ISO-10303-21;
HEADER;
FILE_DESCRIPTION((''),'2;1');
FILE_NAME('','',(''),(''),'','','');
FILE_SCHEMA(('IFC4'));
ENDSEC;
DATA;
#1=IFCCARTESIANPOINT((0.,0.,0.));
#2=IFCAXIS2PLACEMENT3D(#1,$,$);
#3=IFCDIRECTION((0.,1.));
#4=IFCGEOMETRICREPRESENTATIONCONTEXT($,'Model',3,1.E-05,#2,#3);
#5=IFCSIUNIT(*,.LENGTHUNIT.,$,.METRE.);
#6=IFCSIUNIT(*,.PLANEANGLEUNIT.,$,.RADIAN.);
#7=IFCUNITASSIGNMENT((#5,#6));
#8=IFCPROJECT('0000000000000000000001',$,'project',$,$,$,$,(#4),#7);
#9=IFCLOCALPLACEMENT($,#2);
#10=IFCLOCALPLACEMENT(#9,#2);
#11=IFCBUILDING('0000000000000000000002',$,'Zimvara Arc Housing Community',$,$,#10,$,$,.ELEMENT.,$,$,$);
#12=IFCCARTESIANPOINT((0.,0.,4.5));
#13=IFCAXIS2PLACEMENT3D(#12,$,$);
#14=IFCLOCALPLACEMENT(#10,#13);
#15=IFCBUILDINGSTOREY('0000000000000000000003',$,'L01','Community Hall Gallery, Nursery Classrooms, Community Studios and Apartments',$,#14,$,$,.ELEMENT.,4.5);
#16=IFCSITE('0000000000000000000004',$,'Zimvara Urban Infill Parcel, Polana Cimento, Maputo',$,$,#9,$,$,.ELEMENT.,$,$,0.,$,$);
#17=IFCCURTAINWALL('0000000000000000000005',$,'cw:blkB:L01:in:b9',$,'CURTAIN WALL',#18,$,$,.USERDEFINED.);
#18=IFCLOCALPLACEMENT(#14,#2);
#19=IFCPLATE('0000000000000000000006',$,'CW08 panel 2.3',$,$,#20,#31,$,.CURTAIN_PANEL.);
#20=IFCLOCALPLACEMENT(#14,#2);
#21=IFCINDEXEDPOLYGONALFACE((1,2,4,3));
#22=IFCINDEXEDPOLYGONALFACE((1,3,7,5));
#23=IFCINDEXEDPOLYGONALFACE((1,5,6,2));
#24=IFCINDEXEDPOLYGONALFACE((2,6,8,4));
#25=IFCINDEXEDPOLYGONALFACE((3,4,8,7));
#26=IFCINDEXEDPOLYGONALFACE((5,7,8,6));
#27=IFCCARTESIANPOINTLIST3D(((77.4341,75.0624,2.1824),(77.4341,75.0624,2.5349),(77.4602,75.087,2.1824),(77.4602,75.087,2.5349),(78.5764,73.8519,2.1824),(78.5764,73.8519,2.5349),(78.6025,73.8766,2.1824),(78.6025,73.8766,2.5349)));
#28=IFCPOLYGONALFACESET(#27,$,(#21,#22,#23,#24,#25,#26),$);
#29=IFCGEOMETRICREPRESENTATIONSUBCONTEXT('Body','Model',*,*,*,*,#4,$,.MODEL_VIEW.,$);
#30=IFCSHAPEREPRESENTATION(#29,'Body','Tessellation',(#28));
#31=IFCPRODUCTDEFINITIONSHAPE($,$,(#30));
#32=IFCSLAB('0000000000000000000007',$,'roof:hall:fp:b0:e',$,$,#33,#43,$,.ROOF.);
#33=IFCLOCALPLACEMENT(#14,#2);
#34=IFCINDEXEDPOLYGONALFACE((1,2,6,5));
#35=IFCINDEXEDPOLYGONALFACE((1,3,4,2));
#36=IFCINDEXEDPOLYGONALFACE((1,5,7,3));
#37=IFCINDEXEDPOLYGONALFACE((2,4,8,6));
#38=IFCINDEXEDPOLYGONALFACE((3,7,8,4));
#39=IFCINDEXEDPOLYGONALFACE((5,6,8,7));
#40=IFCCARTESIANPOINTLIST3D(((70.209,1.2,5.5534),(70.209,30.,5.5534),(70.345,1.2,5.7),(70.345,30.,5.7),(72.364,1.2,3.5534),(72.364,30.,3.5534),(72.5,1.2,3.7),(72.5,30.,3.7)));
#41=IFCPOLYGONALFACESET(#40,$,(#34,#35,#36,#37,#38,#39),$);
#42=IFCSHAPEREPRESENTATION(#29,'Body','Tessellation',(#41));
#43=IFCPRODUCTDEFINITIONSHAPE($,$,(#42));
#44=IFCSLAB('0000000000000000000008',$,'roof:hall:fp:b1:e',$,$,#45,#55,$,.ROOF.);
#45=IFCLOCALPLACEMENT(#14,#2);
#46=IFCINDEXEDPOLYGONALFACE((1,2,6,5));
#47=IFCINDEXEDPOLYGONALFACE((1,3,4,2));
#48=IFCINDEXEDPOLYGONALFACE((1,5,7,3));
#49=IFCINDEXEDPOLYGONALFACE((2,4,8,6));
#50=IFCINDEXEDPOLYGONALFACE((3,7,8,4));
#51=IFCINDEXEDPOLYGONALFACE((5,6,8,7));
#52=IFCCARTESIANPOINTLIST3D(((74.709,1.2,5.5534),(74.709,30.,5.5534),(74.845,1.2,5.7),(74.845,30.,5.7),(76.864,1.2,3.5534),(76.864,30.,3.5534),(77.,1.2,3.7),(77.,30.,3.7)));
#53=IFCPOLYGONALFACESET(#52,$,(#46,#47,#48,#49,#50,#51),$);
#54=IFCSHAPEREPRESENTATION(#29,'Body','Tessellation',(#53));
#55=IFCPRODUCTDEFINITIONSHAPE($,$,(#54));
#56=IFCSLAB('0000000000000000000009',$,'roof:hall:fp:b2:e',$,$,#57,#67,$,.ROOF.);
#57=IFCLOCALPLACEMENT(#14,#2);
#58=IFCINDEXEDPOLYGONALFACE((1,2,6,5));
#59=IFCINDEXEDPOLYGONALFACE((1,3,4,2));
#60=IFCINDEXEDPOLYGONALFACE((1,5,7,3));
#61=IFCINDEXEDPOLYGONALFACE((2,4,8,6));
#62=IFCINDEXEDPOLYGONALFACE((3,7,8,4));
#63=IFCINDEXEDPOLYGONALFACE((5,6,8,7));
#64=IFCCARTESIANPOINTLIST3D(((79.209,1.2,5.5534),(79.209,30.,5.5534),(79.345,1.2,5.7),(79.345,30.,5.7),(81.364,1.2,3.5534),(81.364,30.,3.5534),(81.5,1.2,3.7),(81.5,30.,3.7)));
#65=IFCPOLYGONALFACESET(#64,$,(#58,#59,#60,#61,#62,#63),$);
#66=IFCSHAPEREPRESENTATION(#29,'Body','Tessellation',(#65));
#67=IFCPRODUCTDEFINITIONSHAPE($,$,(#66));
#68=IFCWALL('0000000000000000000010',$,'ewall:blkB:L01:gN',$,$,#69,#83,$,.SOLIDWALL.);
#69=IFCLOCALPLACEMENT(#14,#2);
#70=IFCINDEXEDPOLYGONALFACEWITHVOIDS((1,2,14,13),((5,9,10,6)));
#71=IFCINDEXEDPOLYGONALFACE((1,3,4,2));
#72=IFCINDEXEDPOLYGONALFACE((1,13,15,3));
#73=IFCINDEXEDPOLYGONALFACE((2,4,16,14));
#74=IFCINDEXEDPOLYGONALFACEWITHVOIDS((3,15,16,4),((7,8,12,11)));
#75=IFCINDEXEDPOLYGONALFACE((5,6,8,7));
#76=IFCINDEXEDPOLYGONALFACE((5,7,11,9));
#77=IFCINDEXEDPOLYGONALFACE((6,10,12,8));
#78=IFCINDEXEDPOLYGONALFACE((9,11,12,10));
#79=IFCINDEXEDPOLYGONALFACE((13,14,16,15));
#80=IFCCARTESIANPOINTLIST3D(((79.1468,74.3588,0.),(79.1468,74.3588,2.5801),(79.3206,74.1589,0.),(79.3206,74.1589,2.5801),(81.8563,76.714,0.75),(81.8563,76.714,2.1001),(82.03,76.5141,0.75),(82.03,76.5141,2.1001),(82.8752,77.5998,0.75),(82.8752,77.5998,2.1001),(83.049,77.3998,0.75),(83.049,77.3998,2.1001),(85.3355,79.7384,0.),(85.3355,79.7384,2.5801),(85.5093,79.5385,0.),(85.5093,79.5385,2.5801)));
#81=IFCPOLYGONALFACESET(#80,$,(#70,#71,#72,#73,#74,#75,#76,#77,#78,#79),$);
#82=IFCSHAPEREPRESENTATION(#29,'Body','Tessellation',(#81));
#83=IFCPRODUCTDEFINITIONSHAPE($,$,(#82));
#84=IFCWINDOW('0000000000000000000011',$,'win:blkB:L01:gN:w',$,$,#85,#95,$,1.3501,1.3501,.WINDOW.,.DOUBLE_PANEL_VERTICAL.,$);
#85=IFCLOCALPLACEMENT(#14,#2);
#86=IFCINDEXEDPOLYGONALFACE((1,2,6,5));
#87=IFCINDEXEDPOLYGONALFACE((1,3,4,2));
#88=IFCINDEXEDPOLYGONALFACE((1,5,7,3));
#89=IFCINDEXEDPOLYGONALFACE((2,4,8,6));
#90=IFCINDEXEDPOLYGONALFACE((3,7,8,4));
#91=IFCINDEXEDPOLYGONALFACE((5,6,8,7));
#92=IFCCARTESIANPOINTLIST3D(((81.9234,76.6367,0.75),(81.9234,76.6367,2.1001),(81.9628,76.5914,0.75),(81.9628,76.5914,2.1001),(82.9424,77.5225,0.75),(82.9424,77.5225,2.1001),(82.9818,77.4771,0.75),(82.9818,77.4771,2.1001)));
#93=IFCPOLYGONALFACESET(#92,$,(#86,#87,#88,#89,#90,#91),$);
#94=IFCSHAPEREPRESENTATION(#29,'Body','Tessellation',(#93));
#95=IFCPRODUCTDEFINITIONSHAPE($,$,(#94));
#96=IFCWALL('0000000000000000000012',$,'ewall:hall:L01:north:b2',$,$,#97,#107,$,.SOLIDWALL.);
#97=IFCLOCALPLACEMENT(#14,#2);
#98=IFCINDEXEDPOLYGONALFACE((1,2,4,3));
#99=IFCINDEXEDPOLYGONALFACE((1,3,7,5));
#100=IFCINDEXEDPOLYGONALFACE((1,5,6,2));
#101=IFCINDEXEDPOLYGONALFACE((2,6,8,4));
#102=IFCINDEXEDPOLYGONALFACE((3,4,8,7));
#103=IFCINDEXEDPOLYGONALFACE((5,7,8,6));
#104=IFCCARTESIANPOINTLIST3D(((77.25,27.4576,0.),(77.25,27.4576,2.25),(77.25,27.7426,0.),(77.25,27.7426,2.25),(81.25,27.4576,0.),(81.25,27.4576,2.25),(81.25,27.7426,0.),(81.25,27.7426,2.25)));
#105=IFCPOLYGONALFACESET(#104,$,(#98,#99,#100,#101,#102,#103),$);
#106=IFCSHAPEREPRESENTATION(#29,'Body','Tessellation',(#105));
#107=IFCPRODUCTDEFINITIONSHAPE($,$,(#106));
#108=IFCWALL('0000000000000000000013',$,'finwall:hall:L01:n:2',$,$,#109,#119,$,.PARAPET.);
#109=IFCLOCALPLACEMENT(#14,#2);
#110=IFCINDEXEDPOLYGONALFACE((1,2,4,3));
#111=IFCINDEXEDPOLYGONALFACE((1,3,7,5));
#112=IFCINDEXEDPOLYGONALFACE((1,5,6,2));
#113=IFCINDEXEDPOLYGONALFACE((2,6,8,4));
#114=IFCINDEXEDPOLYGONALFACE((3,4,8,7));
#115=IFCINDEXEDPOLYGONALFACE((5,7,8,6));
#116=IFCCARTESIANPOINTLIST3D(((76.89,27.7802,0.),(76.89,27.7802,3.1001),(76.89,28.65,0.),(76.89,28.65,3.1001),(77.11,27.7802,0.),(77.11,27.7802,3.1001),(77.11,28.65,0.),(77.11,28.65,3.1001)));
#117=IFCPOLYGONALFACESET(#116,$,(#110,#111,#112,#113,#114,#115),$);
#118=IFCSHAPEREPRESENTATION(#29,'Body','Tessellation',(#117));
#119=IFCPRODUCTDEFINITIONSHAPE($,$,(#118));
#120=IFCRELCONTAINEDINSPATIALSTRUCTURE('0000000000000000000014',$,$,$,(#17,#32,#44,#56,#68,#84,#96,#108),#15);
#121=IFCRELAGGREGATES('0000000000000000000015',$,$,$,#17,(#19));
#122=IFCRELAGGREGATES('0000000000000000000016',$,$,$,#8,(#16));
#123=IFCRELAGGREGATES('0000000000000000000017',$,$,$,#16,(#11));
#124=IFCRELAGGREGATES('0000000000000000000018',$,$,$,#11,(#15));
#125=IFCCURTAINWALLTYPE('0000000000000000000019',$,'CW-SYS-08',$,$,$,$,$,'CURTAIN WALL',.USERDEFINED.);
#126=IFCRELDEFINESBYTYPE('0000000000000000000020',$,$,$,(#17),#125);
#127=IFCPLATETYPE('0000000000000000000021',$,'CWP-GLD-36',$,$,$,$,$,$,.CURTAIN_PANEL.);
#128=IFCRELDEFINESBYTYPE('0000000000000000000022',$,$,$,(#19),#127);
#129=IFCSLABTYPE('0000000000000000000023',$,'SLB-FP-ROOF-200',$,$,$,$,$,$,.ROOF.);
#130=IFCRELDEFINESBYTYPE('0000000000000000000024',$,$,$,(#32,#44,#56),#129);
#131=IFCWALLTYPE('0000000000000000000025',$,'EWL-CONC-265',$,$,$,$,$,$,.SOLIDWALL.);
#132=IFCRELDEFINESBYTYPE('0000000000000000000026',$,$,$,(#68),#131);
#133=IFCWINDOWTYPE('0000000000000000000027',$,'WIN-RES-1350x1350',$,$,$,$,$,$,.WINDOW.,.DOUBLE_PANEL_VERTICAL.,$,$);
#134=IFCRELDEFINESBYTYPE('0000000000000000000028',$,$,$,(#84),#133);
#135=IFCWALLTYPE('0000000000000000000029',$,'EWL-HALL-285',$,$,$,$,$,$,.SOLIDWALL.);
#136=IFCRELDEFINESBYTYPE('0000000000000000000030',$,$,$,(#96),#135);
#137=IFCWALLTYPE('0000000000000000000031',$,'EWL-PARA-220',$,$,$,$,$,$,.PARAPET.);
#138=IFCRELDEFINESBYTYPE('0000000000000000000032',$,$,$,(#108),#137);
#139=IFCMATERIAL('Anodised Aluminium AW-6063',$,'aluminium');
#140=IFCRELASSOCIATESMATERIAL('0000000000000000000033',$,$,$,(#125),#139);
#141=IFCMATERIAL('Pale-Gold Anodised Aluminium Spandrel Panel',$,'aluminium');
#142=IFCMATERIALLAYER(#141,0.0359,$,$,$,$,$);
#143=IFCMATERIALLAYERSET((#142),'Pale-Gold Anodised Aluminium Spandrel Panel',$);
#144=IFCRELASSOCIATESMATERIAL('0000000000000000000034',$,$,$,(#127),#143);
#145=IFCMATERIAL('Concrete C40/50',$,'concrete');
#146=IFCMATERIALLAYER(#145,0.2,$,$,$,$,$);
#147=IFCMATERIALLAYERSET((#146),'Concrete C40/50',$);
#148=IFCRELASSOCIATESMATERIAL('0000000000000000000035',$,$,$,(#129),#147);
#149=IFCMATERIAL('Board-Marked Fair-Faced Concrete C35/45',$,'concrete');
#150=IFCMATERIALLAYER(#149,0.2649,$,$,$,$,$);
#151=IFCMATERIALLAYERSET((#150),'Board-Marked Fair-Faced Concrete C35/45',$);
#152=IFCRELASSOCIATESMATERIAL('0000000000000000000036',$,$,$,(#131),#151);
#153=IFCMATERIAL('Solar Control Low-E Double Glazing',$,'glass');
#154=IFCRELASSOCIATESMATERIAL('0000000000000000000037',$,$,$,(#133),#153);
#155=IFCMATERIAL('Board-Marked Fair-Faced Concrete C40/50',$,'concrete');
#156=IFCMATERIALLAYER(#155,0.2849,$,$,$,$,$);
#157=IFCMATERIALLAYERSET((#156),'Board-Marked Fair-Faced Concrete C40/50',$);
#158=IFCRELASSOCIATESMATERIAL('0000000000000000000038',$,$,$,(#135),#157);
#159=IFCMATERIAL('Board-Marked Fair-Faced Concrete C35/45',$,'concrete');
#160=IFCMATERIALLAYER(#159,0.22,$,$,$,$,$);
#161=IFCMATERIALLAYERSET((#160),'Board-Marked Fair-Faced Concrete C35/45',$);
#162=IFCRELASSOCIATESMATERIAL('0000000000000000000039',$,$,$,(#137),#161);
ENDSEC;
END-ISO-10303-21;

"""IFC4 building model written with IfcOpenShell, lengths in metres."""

from ifc_helpers import new_model, si_unit, direction, frame, frame_2d, origin, origin_2d, place, context, subcontext, project, spatial, polyline, rectangle, outline, extrude, material, layer, layer_set, type_object, element, fill, aggregate, save


model = new_model("IFC4")

# Units and contexts
model_context = context("Model", 3, precision=1e-05, world=origin(), true_north=direction((0.0, 1.0)))
body_context = subcontext(model_context, "Body", "Model", "MODEL_VIEW")
ifc_project = project(units=[si_unit("LENGTHUNIT", "METRE"), si_unit("PLANEANGLEUNIT", "RADIAN")], contexts=[model_context])

# Site, building, storey
site_placement = place(None, origin())
site = spatial("IfcSite", under=ifc_project, at=site_placement, Name="Zimvara Urban Infill Parcel, Polana Cimento, Maputo", CompositionType="ELEMENT", RefElevation=0.0)
building_placement = place(site_placement, origin())
building = spatial("IfcBuilding", under=site, at=building_placement, Name="Zimvara Arc Housing Community", CompositionType="ELEMENT")
storey_placement = place(building_placement, frame((0.0, 0.0, 4.5)))
storey = spatial("IfcBuildingStorey", under=building, at=storey_placement, Name="L01", Description="Community Hall Gallery, Nursery Classrooms, Community Studios and Apartments", CompositionType="ELEMENT", Elevation=4.5)

# Curtain wall
ifc_material_1 = material(Name="Anodised Aluminium AW-6063", Category="aluminium")
curtain_wall_type_1 = type_object("IfcCurtainWallType", Name="CW-SYS-08", ElementType="CURTAIN WALL", PredefinedType="USERDEFINED", material=ifc_material_1)
curtain_wall_1_placement = place(storey_placement, origin())
curtain_wall_1 = element("IfcCurtainWall", 1, at=curtain_wall_1_placement, inside=storey, type_object=curtain_wall_type_1, Name="cw:blkB:L01:in:b9", ObjectType="CURTAIN WALL", PredefinedType="USERDEFINED")

# Plate
ifc_material_2 = material(Name="Pale-Gold Anodised Aluminium Spandrel Panel", Category="aluminium")
ifc_layer_1 = layer(ifc_material_2, 0.0359)
ifc_layer_set_1 = layer_set([ifc_layer_1], Name="Pale-Gold Anodised Aluminium Spandrel Panel")
plate_type = type_object("IfcPlateType", Name="CWP-GLD-36", PredefinedType="CURTAIN_PANEL", material=ifc_layer_set_1)
plate_1_placement = place(storey_placement, frame((78.0183, 74.4695, 2.1824), z_axis=(0.0, 0.0, 1.0), x_axis=(0.686327, -0.727293, 0.0)))
plate_1 = element("IfcPlate", 2, at=plate_1_placement, type_object=plate_type, Name="CW08 panel 2.3", PredefinedType="CURTAIN_PANEL", context=body_context, shape_type="SweptSolid", body=[
    extrude(rectangle(XDim=1.6643, YDim=0.0359, at=origin_2d()), origin(), (0.0, 0.0, 1.0), 0.3525),
])
aggregate(curtain_wall_1, [plate_1])

# Slabs
ifc_material_3 = material(Name="Concrete C40/50", Category="concrete")
ifc_layer_2 = layer(ifc_material_3, 0.2)
ifc_layer_set_2 = layer_set([ifc_layer_2], Name="Concrete C40/50")
slab_type = type_object("IfcSlabType", Name="SLB-FP-ROOF-200", PredefinedType="ROOF", material=ifc_layer_set_2)
for number, where, z_axis, x_axis, name in (
    (3, (70.345, 30.0, 5.7), (0.68025, 0.0, 0.73298), (0.73298, 0.0, -0.68025), "roof:hall:fp:b0:e"),
    (4, (74.845, 30.0, 5.7), (0.68025, 0.0, 0.73298), (0.73298, 0.0, -0.68025), "roof:hall:fp:b1:e"),
    (5, (79.345, 30.0, 5.7), (0.68025, 0.0, 0.73298), (0.73298, 0.0, -0.68025), "roof:hall:fp:b2:e"),
):
    element("IfcSlab", number, at=place(storey_placement, frame(where, z_axis=z_axis, x_axis=x_axis)), inside=storey, type_object=slab_type, Name=name, PredefinedType="ROOF", context=body_context, shape_type="SweptSolid", body=[
        extrude(outline(polyline([(0.0, 0.0), (2.9401, 0.0), (2.9401, -28.8), (0.0, -28.8), (0.0, 0.0)])), origin(), (0.0, 0.0, -1.0), 0.2),
    ])

# Wall, opening, window
ifc_material_4 = material(Name="Board-Marked Fair-Faced Concrete C35/45", Category="concrete")
ifc_layer_3 = layer(ifc_material_4, 0.2649)
ifc_layer_set_3 = layer_set([ifc_layer_3], Name="Board-Marked Fair-Faced Concrete C35/45")
wall_type_1 = type_object("IfcWallType", Name="EWL-CONC-265", PredefinedType="SOLIDWALL", material=ifc_layer_set_3)
wall_1_placement = place(storey_placement, frame((79.2336, 74.2588, 0.0), z_axis=(0.0, 0.0, 1.0), x_axis=(0.754718, 0.65605, 0.0)))
wall_1 = element("IfcWall", 6, at=wall_1_placement, inside=storey, type_object=wall_type_1, Name="ewall:blkB:L01:gN", PredefinedType="SOLIDWALL", context=body_context, shape_type="SweptSolid", body=[
    extrude(rectangle(XDim=8.2, YDim=0.2649, at=frame_2d((4.1001, 0.0))), origin(), (0.0, 0.0, 1.0), 2.5801),
])
opening_placement = place(wall_1_placement, frame((3.5901, 0.0, 0.75)))
opening = element("IfcOpeningElement", 7, at=opening_placement, cuts=wall_1, PredefinedType="OPENING", context=body_context, shape_type="SweptSolid", body=[
    extrude(rectangle(XDim=1.3501, YDim=1.3501, at=frame_2d((0.675, 0.675))), frame((0.0, 0.1423, 0.0), z_axis=(0.0, -1.0, 0.0), x_axis=(1.0, 0.0, 0.0)), (0.0, 0.0, 1.0), 0.2849),
])
ifc_material_5 = material(Name="Solar Control Low-E Double Glazing", Category="glass")
window_type = type_object("IfcWindowType", Name="WIN-RES-1350x1350", PartitioningType="DOUBLE_PANEL_VERTICAL", PredefinedType="WINDOW", material=ifc_material_5)
window_placement = place(opening_placement, origin())
window = element("IfcWindow", 8, at=window_placement, inside=storey, type_object=window_type, Name="win:blkB:L01:gN:w", OverallHeight=1.3501, OverallWidth=1.3501, PartitioningType="DOUBLE_PANEL_VERTICAL", PredefinedType="WINDOW", context=body_context, shape_type="SweptSolid", body=[
    extrude(rectangle(XDim=1.3501, YDim=1.3501, at=frame_2d((0.675, 0.675))), frame((0.0, 0.03, 0.0), z_axis=(0.0, -1.0, 0.0), x_axis=(1.0, 0.0, 0.0)), (0.0, 0.0, 1.0), 0.0601),
])
fill(opening, window)

# Walls
ifc_material_6 = material(Name="Board-Marked Fair-Faced Concrete C40/50", Category="concrete")
ifc_layer_4 = layer(ifc_material_6, 0.2849)
ifc_layer_set_4 = layer_set([ifc_layer_4], Name="Board-Marked Fair-Faced Concrete C40/50")
wall_type_2 = type_object("IfcWallType", Name="EWL-HALL-285", PredefinedType="SOLIDWALL", material=ifc_layer_set_4)
wall_2_placement = place(storey_placement, frame((77.25, 27.6001, 0.0), z_axis=(0.0, 0.0, 1.0), x_axis=(1.0, 0.0, 0.0)))
element("IfcWall", 9, at=wall_2_placement, inside=storey, type_object=wall_type_2, Name="ewall:hall:L01:north:b2", PredefinedType="SOLIDWALL", context=body_context, shape_type="SweptSolid", body=[
    extrude(rectangle(XDim=4.0, YDim=0.2849, at=frame_2d((2.0, 0.0))), origin(), (0.0, 0.0, 1.0), 2.25),
])
ifc_material_7 = material(Name="Board-Marked Fair-Faced Concrete C35/45", Category="concrete")
ifc_layer_5 = layer(ifc_material_7, 0.22)
ifc_layer_set_5 = layer_set([ifc_layer_5], Name="Board-Marked Fair-Faced Concrete C35/45")
wall_type_3 = type_object("IfcWallType", Name="EWL-PARA-220", PredefinedType="PARAPET", material=ifc_layer_set_5)
wall_3_placement = place(storey_placement, frame((77.0, 27.78, 0.0), z_axis=(0.0, 0.0, 1.0), x_axis=(0.0, 1.0, 0.0)))
element("IfcWall", 10, at=wall_3_placement, inside=storey, type_object=wall_type_3, Name="finwall:hall:L01:n:2", PredefinedType="PARAPET", context=body_context, shape_type="SweptSolid", body=[
    extrude(rectangle(XDim=0.8699, YDim=0.22, at=frame_2d((0.4351, 0.0))), origin(), (0.0, 0.0, 1.0), 3.1001),
])

save(model, "model.ifc")
